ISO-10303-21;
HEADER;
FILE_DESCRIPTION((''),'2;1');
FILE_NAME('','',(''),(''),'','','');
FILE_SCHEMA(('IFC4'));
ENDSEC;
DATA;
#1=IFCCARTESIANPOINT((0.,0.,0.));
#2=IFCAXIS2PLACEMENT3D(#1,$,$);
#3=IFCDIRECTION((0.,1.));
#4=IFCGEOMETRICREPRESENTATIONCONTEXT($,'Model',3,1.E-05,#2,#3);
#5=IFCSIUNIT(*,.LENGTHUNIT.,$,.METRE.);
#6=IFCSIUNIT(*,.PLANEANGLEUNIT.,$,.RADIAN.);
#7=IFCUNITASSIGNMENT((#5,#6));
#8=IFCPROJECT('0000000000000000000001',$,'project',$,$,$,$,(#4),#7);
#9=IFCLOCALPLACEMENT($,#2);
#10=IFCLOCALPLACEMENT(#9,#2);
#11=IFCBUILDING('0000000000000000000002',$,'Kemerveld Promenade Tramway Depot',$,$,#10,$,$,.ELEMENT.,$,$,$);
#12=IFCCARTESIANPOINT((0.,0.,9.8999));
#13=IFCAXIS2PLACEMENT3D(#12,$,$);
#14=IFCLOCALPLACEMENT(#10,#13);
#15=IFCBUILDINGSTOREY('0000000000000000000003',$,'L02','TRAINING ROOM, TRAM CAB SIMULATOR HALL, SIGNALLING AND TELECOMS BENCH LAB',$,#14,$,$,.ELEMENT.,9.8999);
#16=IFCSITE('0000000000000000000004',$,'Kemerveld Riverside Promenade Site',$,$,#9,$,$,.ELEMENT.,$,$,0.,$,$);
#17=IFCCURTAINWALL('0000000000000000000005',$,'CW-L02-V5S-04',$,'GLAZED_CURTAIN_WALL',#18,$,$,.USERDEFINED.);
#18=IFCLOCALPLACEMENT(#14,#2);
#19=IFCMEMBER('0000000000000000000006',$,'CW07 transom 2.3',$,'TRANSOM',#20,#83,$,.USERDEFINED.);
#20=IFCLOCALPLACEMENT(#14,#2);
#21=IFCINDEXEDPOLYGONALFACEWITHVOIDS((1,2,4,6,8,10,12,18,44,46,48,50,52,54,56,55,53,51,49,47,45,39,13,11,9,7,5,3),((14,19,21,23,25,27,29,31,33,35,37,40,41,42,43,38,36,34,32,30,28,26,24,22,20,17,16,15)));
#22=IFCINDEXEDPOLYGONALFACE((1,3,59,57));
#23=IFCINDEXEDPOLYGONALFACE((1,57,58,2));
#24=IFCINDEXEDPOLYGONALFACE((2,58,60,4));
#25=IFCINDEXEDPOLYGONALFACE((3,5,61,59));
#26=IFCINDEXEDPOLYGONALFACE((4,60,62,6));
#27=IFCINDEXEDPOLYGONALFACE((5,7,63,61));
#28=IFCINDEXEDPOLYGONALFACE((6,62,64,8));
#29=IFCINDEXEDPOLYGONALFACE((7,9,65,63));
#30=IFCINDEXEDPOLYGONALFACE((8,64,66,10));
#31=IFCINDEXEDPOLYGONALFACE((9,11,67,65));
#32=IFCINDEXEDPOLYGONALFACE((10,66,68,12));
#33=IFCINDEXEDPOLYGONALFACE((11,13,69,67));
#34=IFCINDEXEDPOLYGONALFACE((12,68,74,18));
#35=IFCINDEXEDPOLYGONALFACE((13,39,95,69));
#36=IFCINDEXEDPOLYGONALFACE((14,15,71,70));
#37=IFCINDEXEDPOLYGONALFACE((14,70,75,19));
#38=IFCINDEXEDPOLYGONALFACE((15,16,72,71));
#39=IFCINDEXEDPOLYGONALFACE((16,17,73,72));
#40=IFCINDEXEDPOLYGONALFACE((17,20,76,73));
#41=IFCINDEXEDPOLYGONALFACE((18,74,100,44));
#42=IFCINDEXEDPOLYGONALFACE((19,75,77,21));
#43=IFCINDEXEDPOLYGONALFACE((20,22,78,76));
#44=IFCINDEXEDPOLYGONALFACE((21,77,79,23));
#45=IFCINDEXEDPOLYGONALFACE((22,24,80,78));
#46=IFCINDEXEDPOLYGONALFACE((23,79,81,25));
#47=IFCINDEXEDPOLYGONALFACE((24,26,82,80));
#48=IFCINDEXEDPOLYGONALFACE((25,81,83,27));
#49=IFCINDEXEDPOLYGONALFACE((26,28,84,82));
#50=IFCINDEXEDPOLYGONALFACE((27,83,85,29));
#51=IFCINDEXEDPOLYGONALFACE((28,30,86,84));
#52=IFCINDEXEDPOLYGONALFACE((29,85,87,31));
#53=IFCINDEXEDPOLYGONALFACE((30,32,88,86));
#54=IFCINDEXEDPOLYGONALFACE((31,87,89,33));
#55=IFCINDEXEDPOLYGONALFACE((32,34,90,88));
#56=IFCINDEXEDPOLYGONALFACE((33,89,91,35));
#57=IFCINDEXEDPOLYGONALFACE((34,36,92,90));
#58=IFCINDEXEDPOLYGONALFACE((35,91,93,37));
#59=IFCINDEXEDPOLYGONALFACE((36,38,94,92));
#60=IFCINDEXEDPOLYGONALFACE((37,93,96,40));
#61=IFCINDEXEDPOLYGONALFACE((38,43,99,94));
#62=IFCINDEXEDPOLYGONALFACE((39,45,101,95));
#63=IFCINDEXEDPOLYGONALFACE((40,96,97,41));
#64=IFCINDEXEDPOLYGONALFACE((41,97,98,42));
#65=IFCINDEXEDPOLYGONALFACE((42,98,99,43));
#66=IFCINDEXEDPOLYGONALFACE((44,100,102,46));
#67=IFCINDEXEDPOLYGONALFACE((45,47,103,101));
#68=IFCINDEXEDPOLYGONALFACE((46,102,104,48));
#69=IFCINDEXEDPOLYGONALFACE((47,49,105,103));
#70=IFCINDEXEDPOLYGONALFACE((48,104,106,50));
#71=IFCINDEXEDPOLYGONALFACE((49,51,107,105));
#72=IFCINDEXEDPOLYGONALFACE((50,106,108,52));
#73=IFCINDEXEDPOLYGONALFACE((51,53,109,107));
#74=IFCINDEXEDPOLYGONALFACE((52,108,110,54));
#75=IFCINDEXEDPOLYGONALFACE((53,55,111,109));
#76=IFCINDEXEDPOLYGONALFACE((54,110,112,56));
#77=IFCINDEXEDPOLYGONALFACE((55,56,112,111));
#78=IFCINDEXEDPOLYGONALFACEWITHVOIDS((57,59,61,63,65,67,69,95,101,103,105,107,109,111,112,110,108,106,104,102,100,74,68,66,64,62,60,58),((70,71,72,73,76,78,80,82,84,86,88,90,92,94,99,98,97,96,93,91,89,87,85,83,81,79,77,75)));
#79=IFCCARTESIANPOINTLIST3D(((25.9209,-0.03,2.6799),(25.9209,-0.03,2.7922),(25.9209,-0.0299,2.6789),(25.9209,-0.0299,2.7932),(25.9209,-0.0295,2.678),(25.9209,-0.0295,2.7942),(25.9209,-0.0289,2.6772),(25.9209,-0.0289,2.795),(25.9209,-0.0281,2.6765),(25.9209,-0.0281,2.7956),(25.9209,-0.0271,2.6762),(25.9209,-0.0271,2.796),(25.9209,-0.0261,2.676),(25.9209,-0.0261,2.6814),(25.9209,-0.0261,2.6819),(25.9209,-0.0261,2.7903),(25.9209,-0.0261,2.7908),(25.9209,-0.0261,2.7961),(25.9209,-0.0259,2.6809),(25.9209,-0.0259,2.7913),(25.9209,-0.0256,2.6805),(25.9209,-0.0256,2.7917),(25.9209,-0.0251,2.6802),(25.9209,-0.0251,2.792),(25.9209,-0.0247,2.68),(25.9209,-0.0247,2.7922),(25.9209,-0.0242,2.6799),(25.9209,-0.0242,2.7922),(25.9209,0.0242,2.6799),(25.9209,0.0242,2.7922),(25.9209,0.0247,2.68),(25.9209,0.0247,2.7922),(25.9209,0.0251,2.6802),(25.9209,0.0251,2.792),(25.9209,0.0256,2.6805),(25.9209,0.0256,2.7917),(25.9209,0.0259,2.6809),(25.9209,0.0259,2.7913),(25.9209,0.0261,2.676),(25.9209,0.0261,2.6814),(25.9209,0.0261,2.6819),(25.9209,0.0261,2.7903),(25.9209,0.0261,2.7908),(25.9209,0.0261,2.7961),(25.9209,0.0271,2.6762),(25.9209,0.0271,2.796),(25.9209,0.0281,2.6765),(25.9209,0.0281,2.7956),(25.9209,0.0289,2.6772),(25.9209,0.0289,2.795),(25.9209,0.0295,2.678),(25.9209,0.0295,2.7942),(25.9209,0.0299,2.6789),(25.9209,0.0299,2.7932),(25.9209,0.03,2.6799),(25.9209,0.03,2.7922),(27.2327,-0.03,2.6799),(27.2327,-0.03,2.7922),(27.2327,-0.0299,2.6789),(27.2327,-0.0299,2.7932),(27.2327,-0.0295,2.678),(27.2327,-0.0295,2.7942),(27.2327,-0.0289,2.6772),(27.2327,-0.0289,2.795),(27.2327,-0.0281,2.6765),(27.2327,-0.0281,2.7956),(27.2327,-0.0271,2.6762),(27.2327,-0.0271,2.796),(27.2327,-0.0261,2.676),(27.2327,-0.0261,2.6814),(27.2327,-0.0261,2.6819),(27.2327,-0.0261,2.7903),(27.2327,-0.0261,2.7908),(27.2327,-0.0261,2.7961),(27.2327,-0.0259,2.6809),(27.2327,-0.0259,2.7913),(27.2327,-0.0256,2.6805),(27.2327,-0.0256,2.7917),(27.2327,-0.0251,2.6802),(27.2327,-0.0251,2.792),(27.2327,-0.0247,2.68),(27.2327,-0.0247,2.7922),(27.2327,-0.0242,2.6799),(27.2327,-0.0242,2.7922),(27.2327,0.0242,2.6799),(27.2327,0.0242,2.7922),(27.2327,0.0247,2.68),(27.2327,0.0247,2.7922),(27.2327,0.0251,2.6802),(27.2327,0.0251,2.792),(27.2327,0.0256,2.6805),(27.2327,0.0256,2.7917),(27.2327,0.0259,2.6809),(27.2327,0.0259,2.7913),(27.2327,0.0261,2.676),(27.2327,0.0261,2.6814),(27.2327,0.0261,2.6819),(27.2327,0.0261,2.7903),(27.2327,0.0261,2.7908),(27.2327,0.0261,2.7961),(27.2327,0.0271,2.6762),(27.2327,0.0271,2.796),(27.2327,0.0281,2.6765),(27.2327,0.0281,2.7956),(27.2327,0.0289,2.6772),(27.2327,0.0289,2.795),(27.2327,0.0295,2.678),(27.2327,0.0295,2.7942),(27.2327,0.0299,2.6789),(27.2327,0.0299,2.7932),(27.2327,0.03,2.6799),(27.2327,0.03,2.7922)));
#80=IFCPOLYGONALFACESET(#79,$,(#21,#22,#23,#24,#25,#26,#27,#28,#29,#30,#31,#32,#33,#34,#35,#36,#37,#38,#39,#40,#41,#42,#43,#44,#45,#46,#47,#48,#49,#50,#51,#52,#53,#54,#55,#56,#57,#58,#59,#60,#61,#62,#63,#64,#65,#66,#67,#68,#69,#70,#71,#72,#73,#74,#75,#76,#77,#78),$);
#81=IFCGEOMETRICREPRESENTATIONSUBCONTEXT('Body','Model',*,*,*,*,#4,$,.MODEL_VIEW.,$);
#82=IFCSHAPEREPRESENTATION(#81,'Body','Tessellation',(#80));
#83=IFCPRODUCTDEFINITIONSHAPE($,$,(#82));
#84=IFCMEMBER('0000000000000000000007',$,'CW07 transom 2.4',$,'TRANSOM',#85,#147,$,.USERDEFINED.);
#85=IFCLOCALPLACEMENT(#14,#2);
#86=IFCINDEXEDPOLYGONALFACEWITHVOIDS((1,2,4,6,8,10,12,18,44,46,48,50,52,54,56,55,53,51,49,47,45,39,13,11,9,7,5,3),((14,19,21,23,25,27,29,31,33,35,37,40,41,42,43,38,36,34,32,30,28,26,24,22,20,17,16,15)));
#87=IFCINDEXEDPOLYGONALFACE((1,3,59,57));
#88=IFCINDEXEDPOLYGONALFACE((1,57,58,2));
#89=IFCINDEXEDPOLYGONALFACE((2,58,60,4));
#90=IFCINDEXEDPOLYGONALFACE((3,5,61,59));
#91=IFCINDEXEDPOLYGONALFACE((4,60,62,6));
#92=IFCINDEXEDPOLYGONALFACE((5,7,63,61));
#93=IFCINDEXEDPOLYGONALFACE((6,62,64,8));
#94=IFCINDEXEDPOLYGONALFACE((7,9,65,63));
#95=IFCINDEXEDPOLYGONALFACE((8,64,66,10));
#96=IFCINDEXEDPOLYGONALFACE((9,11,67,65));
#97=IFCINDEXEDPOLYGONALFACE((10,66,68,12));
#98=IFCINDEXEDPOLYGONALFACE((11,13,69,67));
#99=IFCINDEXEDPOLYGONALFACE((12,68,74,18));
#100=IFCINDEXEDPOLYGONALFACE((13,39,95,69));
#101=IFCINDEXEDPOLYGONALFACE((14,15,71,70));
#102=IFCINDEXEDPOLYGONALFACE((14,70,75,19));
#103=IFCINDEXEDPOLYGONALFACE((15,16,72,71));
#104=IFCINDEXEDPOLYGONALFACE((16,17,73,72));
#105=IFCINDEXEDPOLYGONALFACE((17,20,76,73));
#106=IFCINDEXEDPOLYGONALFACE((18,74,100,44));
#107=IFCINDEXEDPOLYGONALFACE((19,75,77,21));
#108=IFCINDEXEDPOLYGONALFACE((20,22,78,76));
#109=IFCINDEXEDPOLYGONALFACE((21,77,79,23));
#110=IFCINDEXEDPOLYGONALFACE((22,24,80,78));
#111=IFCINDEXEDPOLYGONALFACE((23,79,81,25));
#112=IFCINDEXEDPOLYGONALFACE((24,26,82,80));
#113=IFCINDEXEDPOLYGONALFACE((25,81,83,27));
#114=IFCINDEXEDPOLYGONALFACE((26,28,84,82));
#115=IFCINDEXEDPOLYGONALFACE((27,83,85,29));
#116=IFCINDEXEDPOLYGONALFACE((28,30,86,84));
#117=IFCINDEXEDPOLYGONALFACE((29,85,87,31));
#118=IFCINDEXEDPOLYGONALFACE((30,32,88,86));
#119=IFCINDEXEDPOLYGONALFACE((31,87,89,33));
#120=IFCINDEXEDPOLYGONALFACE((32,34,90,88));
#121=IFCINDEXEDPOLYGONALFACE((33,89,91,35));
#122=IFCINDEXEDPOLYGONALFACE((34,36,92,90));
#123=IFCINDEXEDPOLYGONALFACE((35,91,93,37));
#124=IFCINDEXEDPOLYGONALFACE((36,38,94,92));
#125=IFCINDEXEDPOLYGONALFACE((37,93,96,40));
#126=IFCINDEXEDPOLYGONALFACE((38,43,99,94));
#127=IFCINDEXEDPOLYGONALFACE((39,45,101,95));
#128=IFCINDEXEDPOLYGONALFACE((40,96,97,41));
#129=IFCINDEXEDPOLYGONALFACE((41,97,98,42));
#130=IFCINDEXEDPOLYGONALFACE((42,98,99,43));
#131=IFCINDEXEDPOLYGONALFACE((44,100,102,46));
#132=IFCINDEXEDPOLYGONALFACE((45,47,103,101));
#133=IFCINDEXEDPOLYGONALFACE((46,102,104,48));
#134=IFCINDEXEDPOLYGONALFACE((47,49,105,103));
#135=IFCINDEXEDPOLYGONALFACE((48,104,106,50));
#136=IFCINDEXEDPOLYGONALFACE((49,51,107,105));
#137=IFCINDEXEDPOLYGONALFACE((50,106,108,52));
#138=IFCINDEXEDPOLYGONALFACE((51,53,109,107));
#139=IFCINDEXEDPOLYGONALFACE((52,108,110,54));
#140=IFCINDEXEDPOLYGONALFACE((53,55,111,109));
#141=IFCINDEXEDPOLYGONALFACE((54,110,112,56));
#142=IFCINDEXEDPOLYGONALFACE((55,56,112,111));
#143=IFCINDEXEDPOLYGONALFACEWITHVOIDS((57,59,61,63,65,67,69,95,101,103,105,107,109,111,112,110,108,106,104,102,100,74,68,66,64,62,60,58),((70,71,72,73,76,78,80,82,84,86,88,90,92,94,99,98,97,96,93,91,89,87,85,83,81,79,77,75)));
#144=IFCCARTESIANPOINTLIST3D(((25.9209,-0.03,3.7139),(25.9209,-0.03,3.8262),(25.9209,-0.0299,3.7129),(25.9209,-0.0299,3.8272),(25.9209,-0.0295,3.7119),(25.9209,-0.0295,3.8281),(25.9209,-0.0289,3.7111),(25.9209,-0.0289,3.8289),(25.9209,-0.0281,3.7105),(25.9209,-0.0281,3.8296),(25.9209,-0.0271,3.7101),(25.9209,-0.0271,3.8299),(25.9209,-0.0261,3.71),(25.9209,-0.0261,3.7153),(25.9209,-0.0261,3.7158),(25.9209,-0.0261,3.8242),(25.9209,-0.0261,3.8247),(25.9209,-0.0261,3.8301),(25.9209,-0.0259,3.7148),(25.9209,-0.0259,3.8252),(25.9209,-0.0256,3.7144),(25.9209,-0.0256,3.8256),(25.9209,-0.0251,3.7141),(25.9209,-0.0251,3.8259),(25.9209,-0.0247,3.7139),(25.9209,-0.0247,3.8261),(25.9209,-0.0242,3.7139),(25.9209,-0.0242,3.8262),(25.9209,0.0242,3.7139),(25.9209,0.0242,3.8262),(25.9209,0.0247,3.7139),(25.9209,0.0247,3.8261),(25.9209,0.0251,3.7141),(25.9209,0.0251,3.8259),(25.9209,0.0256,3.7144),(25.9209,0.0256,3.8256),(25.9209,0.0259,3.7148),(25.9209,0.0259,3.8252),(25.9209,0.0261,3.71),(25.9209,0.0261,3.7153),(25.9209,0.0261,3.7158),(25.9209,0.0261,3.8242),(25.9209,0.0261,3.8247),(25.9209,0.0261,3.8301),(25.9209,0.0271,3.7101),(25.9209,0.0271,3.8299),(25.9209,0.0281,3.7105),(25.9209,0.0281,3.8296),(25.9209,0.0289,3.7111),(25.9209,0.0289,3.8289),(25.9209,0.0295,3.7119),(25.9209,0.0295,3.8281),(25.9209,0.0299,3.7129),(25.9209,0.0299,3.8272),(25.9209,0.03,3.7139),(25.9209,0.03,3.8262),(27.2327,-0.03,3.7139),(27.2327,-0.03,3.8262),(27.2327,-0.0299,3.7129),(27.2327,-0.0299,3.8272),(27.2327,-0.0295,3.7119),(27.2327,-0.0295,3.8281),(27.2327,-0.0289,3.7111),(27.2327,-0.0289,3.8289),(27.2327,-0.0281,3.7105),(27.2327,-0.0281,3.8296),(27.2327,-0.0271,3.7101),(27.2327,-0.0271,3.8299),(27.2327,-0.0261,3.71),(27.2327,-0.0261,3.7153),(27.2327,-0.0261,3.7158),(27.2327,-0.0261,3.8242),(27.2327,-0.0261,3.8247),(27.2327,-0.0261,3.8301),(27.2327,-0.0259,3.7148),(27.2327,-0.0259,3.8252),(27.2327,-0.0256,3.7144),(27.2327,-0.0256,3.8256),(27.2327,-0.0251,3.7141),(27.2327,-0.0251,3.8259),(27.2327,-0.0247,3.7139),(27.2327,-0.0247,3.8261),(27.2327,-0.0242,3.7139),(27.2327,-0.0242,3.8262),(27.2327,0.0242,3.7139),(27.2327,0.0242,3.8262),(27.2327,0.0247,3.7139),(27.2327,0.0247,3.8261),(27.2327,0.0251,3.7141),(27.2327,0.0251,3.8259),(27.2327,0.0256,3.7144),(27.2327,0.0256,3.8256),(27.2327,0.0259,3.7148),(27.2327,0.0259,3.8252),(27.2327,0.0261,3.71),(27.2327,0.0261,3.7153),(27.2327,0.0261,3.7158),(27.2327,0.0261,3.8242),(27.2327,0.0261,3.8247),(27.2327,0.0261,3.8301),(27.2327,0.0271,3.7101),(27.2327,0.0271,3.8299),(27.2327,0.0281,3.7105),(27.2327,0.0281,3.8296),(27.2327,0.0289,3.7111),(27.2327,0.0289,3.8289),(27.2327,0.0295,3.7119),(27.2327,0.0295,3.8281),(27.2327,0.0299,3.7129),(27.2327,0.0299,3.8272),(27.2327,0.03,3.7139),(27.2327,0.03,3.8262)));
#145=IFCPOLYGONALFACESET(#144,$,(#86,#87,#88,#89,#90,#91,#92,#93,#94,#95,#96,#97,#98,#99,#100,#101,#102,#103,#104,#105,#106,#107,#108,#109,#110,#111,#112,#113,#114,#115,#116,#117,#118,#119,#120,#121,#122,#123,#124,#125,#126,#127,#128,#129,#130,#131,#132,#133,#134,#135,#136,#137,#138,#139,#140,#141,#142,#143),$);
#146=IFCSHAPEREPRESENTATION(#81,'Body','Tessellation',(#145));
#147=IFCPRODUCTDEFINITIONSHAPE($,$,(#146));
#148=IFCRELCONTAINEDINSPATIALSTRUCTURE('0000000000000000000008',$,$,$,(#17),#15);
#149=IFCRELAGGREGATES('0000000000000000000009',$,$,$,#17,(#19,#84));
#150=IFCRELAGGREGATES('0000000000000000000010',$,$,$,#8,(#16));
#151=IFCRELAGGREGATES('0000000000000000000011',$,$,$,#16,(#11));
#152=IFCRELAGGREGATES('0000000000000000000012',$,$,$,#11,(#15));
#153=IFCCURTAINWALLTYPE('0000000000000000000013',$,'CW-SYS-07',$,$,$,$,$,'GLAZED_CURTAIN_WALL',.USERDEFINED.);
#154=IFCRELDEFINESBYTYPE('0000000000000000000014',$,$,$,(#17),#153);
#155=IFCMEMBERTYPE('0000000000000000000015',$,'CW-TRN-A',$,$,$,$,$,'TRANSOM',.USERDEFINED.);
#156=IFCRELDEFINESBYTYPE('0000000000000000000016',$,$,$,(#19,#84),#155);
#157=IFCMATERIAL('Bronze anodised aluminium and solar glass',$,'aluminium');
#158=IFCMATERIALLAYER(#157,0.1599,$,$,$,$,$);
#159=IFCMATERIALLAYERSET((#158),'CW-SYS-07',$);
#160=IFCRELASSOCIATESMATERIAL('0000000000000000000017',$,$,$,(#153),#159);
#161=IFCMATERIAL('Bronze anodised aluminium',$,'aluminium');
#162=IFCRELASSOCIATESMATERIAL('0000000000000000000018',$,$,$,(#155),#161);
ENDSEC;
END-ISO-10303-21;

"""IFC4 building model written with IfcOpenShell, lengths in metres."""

from ifc_helpers import new_model, si_unit, direction, frame, origin, origin_2d, place, context, subcontext, project, spatial, hollow_rectangle, extrude, material, layer, layer_set, material_profile, profile_set, type_object, element, aggregate, save


model = new_model("IFC4")

# Units and contexts
model_context = context("Model", 3, precision=1e-05, world=origin(), true_north=direction((0.0, 1.0)))
body_context = subcontext(model_context, "Body", "Model", "MODEL_VIEW")
ifc_project = project(units=[si_unit("LENGTHUNIT", "METRE"), si_unit("PLANEANGLEUNIT", "RADIAN")], contexts=[model_context])

# Site, building, storey
site_placement = place(None, origin())
site = spatial("IfcSite", under=ifc_project, at=site_placement, Name="Kemerveld Riverside Promenade Site", CompositionType="ELEMENT", RefElevation=0.0)
building_placement = place(site_placement, origin())
building = spatial("IfcBuilding", under=site, at=building_placement, Name="Kemerveld Promenade Tramway Depot", CompositionType="ELEMENT")
storey_placement = place(building_placement, frame((0.0, 0.0, 9.8999)))
storey = spatial("IfcBuildingStorey", under=building, at=storey_placement, Name="L02", Description="TRAINING ROOM, TRAM CAB SIMULATOR HALL, SIGNALLING AND TELECOMS BENCH LAB", CompositionType="ELEMENT", Elevation=9.8999)

# Curtain wall, members
ifc_material_1 = material(Name="Bronze anodised aluminium and solar glass", Category="aluminium")
ifc_layer_1 = layer(ifc_material_1, 0.1599)
ifc_layer_set_1 = layer_set([ifc_layer_1], Name="CW-SYS-07")
curtain_wall_type = type_object("IfcCurtainWallType", Name="CW-SYS-07", ElementType="GLAZED_CURTAIN_WALL", PredefinedType="USERDEFINED", material=ifc_layer_set_1)
curtain_wall_placement = place(storey_placement, origin())
curtain_wall = element("IfcCurtainWall", 1, at=curtain_wall_placement, inside=storey, type_object=curtain_wall_type, Name="CW-L02-V5S-04", ObjectType="GLAZED_CURTAIN_WALL", PredefinedType="USERDEFINED")
ifc_material_2 = material(Name="Bronze anodised aluminium", Category="aluminium")
ifc_material_profile_1 = material_profile(ifc_material_2, hollow_rectangle(XDim=0.0601, YDim=0.1201, WallThickness=0.0039, InnerFilletRadius=0.002, OuterFilletRadius=0.0039, at=origin_2d()), Name="CW-TRN-120x60")
ifc_profile_set_1 = profile_set([ifc_material_profile_1], Name="Bronze anodised aluminium")
member_type_1 = type_object("IfcMemberType", Name="CW-TRN-A", ElementType="TRANSOM", PredefinedType="USERDEFINED", material=ifc_profile_set_1)
member_1_placement = place(storey_placement, frame((27.2327, 0.0, 2.7361), z_axis=(-1.0, 0.0, 0.0), x_axis=(0.0, -1.0, 0.0)))
member_1 = element("IfcMember", 2, at=member_1_placement, type_object=member_type_1, Name="CW07 transom 2.3", ObjectType="TRANSOM", PredefinedType="USERDEFINED", context=body_context, shape_type="SweptSolid", body=[
    extrude(hollow_rectangle(XDim=0.0601, YDim=0.1201, WallThickness=0.0039, InnerFilletRadius=0.002, OuterFilletRadius=0.0039, at=origin_2d()), origin(), (0.0, 0.0, 1.0), 1.3118),
])
member_2_placement = place(storey_placement, frame((27.2327, 0.0, 3.77), z_axis=(-1.0, 0.0, 0.0), x_axis=(0.0, -1.0, 0.0)))
member_2 = element("IfcMember", 3, at=member_2_placement, type_object=member_type_1, Name="CW07 transom 2.4", ObjectType="TRANSOM", PredefinedType="USERDEFINED", context=body_context, shape_type="SweptSolid", body=[
    extrude(hollow_rectangle(XDim=0.0601, YDim=0.1201, WallThickness=0.0039, InnerFilletRadius=0.002, OuterFilletRadius=0.0039, at=origin_2d()), origin(), (0.0, 0.0, 1.0), 1.3118),
])
aggregate(curtain_wall, [member_1, member_2])

save(model, "model.ifc")
